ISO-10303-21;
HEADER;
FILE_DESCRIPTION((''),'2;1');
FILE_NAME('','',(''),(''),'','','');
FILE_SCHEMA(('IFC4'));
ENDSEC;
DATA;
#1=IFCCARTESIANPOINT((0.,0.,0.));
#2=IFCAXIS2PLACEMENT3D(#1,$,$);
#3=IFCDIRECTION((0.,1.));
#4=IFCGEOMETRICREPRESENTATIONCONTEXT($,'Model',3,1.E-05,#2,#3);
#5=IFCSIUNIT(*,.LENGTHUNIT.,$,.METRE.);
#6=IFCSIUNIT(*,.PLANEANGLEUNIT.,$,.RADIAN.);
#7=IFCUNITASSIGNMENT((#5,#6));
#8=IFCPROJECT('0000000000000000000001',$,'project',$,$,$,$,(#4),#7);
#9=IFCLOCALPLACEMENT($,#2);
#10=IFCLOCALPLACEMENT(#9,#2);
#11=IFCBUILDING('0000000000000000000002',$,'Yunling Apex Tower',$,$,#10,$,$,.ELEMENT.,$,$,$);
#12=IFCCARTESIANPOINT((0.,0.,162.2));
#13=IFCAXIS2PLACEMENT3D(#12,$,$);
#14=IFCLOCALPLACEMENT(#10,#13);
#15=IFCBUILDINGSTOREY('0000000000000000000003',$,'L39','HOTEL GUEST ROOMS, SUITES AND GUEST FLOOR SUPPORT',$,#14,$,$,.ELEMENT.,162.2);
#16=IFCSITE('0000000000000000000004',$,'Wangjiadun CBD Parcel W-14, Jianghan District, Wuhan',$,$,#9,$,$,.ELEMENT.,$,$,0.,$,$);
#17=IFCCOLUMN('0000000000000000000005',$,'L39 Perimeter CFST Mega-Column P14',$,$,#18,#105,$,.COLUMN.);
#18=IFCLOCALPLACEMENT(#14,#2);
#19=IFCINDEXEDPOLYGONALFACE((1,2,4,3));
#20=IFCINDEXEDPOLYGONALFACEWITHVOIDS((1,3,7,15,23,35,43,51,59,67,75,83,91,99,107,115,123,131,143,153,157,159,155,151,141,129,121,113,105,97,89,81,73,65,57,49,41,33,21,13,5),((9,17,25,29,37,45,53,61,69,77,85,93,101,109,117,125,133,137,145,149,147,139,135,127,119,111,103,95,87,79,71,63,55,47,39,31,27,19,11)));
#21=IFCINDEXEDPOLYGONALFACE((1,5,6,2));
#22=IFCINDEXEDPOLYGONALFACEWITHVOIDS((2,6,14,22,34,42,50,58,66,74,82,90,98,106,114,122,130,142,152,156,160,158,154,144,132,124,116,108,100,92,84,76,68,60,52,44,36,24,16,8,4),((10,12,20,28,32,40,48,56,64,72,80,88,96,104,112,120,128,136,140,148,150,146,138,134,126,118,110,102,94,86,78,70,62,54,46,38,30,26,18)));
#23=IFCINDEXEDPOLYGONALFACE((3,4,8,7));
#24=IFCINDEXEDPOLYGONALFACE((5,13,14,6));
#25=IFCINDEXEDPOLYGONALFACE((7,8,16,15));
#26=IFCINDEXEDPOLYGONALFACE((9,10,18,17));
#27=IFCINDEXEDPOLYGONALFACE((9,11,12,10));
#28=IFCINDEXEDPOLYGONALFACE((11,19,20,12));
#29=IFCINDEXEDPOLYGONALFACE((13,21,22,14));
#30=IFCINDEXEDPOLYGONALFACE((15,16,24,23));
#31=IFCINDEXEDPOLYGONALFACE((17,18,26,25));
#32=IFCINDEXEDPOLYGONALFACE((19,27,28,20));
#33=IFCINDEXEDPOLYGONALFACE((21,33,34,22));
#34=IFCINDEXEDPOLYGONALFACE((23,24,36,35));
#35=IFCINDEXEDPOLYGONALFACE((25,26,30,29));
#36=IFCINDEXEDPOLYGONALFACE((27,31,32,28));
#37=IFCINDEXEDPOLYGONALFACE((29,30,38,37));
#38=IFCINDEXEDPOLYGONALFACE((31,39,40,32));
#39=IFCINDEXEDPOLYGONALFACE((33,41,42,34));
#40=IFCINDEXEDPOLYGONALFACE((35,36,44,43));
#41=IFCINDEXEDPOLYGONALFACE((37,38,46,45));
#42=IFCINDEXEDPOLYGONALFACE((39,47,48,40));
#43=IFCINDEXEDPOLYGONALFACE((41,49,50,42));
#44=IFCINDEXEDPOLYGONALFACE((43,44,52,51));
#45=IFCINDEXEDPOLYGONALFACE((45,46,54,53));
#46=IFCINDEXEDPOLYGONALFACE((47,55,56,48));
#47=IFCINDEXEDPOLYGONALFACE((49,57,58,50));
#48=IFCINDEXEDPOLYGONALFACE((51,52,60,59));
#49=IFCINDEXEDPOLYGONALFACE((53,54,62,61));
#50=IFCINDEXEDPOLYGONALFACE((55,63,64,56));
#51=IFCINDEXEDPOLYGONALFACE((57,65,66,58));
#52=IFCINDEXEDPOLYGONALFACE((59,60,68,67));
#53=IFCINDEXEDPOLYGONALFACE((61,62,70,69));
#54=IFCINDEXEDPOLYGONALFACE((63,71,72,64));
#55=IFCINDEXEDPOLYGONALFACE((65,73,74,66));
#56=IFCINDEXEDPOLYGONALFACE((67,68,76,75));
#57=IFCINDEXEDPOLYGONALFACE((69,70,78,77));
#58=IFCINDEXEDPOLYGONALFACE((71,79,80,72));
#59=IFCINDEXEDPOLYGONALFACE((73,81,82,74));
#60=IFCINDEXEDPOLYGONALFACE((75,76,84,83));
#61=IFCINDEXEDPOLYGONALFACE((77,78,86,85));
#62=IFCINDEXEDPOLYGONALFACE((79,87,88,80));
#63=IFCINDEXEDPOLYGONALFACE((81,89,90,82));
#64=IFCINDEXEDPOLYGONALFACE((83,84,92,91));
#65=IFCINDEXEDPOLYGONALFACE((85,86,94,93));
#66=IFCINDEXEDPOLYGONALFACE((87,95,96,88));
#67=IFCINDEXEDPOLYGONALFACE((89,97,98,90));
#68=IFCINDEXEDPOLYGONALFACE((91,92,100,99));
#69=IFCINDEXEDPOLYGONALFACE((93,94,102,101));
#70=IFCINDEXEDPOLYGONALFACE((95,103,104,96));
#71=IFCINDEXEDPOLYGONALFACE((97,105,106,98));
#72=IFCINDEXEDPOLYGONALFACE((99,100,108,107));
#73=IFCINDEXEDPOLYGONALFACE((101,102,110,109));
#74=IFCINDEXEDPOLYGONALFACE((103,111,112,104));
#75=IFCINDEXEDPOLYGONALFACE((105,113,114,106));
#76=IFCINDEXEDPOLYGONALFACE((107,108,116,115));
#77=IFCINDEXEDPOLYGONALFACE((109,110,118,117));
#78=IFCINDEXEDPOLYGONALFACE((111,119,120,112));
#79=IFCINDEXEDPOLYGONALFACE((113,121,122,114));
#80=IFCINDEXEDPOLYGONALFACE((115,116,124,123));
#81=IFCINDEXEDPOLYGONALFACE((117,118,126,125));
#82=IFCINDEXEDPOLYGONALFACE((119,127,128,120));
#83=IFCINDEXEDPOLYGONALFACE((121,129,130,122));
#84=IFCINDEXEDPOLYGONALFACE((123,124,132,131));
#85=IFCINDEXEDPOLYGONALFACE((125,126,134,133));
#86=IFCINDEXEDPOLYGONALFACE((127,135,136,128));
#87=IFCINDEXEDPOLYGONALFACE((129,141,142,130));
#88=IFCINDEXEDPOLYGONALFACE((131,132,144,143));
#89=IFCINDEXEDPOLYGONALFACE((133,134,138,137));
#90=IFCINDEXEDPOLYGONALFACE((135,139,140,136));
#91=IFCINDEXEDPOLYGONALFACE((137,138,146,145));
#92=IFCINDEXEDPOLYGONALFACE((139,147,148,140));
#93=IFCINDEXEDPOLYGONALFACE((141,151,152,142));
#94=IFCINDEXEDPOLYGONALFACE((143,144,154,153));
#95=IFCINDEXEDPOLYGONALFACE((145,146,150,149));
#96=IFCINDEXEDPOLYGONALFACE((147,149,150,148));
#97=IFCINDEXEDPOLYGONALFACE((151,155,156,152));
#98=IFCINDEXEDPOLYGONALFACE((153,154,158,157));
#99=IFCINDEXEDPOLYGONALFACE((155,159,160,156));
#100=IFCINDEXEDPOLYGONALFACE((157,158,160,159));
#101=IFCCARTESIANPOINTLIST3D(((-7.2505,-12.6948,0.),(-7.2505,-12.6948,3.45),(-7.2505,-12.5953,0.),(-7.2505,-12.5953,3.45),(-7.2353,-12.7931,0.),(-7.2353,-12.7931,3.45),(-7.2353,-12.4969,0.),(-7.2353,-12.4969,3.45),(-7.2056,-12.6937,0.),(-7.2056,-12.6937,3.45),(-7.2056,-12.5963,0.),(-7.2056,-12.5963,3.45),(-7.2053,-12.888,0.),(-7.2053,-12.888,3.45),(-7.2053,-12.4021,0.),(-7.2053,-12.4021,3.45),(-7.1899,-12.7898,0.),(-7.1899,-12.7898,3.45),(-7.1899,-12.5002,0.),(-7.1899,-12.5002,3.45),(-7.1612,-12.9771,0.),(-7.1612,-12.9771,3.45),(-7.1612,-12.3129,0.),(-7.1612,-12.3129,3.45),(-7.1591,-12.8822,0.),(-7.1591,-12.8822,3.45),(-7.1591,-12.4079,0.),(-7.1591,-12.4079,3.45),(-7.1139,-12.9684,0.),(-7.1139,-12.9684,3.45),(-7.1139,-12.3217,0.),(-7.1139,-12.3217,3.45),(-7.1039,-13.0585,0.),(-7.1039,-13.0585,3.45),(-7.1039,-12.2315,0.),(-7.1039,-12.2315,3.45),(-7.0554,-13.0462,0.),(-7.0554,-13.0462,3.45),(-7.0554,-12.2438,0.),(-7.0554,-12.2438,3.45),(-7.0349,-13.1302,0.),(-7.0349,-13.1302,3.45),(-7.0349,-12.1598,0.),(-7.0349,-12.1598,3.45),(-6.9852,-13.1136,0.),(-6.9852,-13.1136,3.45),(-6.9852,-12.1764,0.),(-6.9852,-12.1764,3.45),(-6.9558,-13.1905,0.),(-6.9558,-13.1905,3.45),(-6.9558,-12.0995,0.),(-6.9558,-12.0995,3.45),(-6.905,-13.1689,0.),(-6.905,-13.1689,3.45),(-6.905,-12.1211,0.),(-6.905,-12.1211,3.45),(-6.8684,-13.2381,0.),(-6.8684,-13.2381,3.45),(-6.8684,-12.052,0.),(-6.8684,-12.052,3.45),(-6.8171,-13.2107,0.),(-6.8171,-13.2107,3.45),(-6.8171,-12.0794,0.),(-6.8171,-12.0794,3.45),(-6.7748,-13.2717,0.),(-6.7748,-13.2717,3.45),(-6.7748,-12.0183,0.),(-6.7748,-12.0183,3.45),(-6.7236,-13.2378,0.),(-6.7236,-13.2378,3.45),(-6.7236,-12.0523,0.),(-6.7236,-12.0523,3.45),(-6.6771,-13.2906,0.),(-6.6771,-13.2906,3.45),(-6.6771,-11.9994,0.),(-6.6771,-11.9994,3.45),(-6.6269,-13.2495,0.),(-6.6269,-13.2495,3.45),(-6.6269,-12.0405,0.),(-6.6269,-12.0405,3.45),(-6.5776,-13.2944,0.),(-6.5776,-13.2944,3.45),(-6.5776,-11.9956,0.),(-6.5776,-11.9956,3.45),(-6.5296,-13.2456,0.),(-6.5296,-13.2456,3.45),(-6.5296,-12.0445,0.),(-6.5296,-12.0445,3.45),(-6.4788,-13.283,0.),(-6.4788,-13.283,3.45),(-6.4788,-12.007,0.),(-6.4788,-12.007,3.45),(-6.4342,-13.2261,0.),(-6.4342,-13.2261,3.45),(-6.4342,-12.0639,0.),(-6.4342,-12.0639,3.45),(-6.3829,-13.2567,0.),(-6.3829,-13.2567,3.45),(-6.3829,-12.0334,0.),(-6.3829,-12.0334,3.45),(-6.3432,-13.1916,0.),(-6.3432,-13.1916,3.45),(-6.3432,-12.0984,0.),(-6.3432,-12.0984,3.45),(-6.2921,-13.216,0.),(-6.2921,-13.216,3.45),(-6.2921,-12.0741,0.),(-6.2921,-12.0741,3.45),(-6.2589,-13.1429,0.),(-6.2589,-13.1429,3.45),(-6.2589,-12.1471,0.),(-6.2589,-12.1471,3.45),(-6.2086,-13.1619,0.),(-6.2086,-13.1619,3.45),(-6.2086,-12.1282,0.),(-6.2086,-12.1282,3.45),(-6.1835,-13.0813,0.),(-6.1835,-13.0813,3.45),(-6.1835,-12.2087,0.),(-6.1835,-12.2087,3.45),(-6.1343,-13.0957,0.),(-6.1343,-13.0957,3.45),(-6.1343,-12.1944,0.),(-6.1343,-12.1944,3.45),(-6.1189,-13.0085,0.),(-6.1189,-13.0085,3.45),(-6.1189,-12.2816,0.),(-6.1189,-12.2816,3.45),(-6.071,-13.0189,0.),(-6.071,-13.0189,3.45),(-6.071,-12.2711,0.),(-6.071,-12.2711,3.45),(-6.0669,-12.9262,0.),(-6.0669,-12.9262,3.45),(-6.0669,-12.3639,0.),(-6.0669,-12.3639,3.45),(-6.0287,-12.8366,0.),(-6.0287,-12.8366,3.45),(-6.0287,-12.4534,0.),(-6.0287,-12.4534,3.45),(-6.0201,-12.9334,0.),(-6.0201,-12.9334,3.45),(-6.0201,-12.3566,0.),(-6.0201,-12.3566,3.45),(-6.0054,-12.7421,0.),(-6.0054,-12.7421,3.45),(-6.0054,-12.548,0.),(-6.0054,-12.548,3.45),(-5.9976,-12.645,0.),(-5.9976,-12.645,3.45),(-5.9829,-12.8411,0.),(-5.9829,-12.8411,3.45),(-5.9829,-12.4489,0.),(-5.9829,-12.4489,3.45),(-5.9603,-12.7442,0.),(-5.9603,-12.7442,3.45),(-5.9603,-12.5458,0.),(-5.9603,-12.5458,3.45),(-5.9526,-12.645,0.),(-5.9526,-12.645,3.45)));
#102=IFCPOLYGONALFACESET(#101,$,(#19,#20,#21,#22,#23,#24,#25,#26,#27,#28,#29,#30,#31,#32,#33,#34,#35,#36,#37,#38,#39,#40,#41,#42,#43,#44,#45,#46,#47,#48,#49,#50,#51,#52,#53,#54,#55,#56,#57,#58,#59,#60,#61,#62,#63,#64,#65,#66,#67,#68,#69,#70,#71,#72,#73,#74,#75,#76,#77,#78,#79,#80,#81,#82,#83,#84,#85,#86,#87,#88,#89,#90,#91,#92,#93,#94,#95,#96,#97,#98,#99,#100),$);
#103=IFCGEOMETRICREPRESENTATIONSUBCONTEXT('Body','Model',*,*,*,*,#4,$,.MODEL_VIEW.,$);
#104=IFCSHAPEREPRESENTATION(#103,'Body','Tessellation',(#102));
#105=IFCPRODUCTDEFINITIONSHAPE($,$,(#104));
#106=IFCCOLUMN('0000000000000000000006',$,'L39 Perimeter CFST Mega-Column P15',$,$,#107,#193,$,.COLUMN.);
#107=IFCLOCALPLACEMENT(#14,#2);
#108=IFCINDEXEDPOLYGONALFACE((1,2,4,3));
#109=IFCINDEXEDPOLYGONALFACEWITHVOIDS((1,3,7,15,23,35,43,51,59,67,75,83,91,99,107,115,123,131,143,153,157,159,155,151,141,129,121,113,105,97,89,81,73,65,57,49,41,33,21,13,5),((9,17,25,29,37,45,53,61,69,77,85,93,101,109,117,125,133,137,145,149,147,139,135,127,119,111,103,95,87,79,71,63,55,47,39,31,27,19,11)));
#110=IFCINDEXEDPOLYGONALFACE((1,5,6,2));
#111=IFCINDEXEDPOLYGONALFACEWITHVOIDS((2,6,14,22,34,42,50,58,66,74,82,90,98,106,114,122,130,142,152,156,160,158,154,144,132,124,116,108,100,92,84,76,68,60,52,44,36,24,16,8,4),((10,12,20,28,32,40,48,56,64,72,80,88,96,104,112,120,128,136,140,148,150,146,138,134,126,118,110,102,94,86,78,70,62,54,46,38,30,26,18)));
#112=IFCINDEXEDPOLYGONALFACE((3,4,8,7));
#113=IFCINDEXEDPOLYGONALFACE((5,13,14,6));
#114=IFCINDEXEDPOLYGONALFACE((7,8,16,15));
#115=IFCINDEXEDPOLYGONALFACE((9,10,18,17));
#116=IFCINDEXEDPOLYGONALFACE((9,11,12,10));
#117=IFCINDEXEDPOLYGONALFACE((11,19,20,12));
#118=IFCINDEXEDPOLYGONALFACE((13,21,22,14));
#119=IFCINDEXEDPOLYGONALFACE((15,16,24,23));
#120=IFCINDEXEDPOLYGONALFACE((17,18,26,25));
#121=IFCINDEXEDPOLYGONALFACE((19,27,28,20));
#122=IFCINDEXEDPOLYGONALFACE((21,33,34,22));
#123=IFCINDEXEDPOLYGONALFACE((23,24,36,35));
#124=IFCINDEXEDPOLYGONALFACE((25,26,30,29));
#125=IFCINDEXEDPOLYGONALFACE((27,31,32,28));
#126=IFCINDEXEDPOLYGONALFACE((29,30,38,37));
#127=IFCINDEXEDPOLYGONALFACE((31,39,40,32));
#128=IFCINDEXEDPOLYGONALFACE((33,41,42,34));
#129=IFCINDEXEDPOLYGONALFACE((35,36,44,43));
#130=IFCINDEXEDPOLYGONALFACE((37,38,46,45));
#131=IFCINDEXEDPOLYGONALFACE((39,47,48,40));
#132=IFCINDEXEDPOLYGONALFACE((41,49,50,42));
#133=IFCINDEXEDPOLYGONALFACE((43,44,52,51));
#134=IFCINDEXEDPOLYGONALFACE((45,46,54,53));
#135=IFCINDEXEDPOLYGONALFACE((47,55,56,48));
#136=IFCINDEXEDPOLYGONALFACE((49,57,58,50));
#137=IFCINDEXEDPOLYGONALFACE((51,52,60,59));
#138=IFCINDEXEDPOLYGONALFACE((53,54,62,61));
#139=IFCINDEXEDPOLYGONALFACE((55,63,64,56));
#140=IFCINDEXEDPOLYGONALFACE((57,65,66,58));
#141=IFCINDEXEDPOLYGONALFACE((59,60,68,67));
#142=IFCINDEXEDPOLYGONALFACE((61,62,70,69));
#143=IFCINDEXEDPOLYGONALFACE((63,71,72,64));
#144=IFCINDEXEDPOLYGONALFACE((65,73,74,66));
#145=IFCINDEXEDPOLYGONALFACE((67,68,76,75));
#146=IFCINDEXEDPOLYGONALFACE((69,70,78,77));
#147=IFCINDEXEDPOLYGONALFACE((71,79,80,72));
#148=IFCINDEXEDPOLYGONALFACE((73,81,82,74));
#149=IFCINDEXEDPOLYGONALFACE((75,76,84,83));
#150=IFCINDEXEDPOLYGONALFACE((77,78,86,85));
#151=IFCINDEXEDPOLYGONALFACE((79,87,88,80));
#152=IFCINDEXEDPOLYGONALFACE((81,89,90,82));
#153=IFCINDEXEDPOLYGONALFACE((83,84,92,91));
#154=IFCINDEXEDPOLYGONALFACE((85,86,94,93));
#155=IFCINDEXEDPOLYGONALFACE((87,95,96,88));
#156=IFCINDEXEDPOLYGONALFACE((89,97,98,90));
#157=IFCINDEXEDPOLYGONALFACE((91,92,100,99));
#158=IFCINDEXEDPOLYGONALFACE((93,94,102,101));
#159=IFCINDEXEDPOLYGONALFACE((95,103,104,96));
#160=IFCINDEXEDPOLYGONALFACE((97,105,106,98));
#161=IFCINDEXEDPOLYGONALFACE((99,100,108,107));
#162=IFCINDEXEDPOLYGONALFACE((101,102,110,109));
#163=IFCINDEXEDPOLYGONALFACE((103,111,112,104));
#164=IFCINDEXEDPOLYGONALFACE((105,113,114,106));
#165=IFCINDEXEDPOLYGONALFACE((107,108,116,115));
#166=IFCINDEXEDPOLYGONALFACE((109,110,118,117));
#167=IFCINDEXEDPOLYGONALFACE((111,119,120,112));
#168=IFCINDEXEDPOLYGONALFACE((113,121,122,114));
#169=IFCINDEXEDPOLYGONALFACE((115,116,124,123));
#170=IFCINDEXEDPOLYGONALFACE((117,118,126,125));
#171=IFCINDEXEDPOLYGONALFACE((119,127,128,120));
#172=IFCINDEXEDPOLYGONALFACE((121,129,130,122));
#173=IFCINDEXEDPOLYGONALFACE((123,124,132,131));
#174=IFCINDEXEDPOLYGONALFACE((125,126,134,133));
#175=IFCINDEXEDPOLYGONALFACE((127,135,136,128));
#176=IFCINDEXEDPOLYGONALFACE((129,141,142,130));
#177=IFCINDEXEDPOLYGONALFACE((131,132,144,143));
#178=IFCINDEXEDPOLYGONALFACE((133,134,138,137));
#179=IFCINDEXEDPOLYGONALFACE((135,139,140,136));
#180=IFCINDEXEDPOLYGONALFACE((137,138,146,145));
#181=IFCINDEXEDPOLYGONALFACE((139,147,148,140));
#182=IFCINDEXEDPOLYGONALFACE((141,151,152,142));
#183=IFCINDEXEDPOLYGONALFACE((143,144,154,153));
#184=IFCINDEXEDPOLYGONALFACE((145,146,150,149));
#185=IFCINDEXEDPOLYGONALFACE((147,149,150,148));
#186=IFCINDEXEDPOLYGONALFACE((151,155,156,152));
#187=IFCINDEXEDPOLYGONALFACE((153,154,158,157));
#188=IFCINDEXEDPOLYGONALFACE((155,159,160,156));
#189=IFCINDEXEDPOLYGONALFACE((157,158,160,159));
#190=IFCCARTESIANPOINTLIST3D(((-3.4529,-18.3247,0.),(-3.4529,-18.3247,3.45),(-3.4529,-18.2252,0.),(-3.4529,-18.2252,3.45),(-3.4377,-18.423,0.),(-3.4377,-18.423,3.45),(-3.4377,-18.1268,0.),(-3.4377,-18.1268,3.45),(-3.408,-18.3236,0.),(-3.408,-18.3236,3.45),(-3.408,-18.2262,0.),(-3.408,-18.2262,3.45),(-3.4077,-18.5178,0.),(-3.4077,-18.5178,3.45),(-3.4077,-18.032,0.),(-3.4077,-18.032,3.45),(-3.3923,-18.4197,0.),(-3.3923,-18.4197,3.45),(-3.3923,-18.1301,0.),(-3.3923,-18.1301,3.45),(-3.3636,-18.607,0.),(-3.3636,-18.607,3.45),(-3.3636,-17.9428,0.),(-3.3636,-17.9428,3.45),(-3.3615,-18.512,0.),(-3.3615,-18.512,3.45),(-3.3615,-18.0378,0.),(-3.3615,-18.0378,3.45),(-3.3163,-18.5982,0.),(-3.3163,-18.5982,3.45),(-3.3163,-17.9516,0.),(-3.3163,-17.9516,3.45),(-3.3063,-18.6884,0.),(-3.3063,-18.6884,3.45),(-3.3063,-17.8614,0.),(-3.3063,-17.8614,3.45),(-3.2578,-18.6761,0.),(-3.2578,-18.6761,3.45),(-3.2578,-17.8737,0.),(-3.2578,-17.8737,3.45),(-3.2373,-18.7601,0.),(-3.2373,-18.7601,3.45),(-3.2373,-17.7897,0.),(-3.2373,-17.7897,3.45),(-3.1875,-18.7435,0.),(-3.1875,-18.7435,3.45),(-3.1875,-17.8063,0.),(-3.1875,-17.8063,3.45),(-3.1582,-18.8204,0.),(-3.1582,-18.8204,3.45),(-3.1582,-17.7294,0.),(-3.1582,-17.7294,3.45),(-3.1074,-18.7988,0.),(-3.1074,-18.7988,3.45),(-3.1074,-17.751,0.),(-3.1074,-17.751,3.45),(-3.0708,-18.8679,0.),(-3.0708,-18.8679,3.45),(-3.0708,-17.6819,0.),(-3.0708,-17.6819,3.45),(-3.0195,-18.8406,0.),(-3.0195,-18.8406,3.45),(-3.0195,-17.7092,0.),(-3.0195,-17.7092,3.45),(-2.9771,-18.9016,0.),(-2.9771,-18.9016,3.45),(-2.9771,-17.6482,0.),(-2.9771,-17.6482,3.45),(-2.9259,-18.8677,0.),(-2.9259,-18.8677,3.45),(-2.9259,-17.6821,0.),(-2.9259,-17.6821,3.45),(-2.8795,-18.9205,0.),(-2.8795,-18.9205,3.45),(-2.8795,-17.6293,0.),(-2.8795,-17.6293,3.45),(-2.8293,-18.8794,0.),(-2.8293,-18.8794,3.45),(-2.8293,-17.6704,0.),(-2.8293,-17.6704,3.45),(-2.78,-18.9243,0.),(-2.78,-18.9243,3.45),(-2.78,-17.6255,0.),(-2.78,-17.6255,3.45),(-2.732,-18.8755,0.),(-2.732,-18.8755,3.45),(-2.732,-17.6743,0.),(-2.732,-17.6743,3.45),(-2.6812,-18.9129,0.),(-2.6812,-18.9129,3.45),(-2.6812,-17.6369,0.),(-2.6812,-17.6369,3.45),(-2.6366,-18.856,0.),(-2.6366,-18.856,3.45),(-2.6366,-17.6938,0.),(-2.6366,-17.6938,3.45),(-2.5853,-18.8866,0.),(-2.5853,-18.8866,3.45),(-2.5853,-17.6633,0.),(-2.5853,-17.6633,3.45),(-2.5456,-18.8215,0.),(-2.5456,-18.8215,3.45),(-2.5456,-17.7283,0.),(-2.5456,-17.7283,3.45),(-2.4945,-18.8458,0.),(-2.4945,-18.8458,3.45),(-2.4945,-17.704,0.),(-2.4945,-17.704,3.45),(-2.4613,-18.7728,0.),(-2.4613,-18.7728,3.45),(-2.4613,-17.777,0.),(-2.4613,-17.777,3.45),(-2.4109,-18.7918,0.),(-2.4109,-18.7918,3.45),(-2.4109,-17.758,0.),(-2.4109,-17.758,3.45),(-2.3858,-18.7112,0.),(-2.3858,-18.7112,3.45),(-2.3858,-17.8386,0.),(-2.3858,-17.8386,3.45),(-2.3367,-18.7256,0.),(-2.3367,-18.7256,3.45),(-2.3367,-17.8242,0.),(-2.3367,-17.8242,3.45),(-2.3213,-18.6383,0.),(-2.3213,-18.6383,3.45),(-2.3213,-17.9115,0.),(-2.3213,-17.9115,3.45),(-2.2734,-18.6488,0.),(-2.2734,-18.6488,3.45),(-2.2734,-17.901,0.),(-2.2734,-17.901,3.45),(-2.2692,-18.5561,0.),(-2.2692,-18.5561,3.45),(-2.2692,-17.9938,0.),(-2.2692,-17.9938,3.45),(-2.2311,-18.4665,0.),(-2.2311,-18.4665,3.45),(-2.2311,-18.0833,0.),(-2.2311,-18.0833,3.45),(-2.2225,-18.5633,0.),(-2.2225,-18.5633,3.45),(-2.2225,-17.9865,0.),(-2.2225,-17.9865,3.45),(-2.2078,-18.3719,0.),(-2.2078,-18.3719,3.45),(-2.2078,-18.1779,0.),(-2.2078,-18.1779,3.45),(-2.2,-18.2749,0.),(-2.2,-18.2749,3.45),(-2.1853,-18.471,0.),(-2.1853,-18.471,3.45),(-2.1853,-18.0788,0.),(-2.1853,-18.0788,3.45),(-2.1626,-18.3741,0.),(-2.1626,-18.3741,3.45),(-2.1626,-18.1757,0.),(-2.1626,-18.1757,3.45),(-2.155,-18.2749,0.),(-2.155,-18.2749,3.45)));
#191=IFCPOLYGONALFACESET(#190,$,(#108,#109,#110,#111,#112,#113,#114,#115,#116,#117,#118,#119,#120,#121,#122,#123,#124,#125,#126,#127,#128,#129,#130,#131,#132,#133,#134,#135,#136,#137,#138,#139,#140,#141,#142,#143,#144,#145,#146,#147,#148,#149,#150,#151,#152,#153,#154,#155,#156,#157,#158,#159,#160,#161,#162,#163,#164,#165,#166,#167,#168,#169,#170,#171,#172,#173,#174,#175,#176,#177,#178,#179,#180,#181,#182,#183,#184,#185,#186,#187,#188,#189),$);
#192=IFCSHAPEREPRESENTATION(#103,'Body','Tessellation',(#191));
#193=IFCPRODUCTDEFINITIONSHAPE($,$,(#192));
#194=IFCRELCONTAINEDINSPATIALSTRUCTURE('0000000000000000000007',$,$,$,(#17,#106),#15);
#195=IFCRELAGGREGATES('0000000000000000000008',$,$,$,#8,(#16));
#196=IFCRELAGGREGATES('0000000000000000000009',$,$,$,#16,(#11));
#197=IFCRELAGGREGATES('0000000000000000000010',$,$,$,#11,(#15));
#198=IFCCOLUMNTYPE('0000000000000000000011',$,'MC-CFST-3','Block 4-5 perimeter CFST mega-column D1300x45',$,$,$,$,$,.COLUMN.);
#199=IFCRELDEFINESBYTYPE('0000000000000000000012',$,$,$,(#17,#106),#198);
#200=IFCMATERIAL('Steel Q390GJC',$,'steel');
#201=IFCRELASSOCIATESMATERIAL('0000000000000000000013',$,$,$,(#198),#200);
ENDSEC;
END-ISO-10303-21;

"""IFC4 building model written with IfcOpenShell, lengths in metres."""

from ifc_helpers import new_model, si_unit, direction, frame, origin, origin_2d, place, context, subcontext, project, spatial, hollow_circle, extrude, source, transform, mapped, material, material_profile, profile_set, type_object, element, save


model = new_model("IFC4")

# Units and contexts
model_context = context("Model", 3, precision=1e-05, world=origin(), true_north=direction((0.0, 1.0)))
body_context = subcontext(model_context, "Body", "Model", "MODEL_VIEW")
ifc_project = project(units=[si_unit("LENGTHUNIT", "METRE"), si_unit("PLANEANGLEUNIT", "RADIAN")], contexts=[model_context])

# Site, building, storey
site_placement = place(None, origin())
site = spatial("IfcSite", under=ifc_project, at=site_placement, Name="Wangjiadun CBD Parcel W-14, Jianghan District, Wuhan", CompositionType="ELEMENT", RefElevation=0.0)
building_placement = place(site_placement, origin())
building = spatial("IfcBuilding", under=site, at=building_placement, Name="Yunling Apex Tower", CompositionType="ELEMENT")
storey_placement = place(building_placement, frame((0.0, 0.0, 162.2)))
storey = spatial("IfcBuildingStorey", under=building, at=storey_placement, Name="L39", Description="HOTEL GUEST ROOMS, SUITES AND GUEST FLOOR SUPPORT", CompositionType="ELEMENT", Elevation=162.2)

# Columns
ifc_material_1 = material(Name="Steel Q390GJC", Category="steel")
ifc_material_profile_1 = material_profile(ifc_material_1, hollow_circle(Radius=0.6499, WallThickness=0.0449, at=origin_2d()))
ifc_profile_set_1 = profile_set([ifc_material_profile_1], Name="Steel Q390GJC")
column_type = type_object("IfcColumnType", Name="MC-CFST-3", Description="Block 4-5 perimeter CFST mega-column D1300x45", PredefinedType="COLUMN", material=ifc_profile_set_1)
shared_shape_1 = source(origin(), body_context, "Body", "SweptSolid", [
    extrude(hollow_circle(Radius=0.6499, WallThickness=0.0449, at=origin_2d()), origin(), (0.0, 0.0, 1.0), 3.45),
])
for number, where, z_axis, x_axis, name in (
    (1, (-6.6025, -12.645, 0.0), (0.0, 0.0, 1.0), (1.0, 0.0, 0.0), "L39 Perimeter CFST Mega-Column P14"),
    (2, (-2.8049, -18.2749, 0.0), (0.0, 0.0, 1.0), (1.0, 0.0, 0.0), "L39 Perimeter CFST Mega-Column P15"),
):
    element("IfcColumn", number, at=place(storey_placement, frame(where, z_axis=z_axis, x_axis=x_axis)), inside=storey, type_object=column_type, Name=name, PredefinedType="COLUMN", context=body_context, shape_type="MappedRepresentation", body=[
        mapped(shared_shape_1, transform((0.0, 0.0, 0.0), scale=1.0)),
    ])

save(model, "model.ifc")
